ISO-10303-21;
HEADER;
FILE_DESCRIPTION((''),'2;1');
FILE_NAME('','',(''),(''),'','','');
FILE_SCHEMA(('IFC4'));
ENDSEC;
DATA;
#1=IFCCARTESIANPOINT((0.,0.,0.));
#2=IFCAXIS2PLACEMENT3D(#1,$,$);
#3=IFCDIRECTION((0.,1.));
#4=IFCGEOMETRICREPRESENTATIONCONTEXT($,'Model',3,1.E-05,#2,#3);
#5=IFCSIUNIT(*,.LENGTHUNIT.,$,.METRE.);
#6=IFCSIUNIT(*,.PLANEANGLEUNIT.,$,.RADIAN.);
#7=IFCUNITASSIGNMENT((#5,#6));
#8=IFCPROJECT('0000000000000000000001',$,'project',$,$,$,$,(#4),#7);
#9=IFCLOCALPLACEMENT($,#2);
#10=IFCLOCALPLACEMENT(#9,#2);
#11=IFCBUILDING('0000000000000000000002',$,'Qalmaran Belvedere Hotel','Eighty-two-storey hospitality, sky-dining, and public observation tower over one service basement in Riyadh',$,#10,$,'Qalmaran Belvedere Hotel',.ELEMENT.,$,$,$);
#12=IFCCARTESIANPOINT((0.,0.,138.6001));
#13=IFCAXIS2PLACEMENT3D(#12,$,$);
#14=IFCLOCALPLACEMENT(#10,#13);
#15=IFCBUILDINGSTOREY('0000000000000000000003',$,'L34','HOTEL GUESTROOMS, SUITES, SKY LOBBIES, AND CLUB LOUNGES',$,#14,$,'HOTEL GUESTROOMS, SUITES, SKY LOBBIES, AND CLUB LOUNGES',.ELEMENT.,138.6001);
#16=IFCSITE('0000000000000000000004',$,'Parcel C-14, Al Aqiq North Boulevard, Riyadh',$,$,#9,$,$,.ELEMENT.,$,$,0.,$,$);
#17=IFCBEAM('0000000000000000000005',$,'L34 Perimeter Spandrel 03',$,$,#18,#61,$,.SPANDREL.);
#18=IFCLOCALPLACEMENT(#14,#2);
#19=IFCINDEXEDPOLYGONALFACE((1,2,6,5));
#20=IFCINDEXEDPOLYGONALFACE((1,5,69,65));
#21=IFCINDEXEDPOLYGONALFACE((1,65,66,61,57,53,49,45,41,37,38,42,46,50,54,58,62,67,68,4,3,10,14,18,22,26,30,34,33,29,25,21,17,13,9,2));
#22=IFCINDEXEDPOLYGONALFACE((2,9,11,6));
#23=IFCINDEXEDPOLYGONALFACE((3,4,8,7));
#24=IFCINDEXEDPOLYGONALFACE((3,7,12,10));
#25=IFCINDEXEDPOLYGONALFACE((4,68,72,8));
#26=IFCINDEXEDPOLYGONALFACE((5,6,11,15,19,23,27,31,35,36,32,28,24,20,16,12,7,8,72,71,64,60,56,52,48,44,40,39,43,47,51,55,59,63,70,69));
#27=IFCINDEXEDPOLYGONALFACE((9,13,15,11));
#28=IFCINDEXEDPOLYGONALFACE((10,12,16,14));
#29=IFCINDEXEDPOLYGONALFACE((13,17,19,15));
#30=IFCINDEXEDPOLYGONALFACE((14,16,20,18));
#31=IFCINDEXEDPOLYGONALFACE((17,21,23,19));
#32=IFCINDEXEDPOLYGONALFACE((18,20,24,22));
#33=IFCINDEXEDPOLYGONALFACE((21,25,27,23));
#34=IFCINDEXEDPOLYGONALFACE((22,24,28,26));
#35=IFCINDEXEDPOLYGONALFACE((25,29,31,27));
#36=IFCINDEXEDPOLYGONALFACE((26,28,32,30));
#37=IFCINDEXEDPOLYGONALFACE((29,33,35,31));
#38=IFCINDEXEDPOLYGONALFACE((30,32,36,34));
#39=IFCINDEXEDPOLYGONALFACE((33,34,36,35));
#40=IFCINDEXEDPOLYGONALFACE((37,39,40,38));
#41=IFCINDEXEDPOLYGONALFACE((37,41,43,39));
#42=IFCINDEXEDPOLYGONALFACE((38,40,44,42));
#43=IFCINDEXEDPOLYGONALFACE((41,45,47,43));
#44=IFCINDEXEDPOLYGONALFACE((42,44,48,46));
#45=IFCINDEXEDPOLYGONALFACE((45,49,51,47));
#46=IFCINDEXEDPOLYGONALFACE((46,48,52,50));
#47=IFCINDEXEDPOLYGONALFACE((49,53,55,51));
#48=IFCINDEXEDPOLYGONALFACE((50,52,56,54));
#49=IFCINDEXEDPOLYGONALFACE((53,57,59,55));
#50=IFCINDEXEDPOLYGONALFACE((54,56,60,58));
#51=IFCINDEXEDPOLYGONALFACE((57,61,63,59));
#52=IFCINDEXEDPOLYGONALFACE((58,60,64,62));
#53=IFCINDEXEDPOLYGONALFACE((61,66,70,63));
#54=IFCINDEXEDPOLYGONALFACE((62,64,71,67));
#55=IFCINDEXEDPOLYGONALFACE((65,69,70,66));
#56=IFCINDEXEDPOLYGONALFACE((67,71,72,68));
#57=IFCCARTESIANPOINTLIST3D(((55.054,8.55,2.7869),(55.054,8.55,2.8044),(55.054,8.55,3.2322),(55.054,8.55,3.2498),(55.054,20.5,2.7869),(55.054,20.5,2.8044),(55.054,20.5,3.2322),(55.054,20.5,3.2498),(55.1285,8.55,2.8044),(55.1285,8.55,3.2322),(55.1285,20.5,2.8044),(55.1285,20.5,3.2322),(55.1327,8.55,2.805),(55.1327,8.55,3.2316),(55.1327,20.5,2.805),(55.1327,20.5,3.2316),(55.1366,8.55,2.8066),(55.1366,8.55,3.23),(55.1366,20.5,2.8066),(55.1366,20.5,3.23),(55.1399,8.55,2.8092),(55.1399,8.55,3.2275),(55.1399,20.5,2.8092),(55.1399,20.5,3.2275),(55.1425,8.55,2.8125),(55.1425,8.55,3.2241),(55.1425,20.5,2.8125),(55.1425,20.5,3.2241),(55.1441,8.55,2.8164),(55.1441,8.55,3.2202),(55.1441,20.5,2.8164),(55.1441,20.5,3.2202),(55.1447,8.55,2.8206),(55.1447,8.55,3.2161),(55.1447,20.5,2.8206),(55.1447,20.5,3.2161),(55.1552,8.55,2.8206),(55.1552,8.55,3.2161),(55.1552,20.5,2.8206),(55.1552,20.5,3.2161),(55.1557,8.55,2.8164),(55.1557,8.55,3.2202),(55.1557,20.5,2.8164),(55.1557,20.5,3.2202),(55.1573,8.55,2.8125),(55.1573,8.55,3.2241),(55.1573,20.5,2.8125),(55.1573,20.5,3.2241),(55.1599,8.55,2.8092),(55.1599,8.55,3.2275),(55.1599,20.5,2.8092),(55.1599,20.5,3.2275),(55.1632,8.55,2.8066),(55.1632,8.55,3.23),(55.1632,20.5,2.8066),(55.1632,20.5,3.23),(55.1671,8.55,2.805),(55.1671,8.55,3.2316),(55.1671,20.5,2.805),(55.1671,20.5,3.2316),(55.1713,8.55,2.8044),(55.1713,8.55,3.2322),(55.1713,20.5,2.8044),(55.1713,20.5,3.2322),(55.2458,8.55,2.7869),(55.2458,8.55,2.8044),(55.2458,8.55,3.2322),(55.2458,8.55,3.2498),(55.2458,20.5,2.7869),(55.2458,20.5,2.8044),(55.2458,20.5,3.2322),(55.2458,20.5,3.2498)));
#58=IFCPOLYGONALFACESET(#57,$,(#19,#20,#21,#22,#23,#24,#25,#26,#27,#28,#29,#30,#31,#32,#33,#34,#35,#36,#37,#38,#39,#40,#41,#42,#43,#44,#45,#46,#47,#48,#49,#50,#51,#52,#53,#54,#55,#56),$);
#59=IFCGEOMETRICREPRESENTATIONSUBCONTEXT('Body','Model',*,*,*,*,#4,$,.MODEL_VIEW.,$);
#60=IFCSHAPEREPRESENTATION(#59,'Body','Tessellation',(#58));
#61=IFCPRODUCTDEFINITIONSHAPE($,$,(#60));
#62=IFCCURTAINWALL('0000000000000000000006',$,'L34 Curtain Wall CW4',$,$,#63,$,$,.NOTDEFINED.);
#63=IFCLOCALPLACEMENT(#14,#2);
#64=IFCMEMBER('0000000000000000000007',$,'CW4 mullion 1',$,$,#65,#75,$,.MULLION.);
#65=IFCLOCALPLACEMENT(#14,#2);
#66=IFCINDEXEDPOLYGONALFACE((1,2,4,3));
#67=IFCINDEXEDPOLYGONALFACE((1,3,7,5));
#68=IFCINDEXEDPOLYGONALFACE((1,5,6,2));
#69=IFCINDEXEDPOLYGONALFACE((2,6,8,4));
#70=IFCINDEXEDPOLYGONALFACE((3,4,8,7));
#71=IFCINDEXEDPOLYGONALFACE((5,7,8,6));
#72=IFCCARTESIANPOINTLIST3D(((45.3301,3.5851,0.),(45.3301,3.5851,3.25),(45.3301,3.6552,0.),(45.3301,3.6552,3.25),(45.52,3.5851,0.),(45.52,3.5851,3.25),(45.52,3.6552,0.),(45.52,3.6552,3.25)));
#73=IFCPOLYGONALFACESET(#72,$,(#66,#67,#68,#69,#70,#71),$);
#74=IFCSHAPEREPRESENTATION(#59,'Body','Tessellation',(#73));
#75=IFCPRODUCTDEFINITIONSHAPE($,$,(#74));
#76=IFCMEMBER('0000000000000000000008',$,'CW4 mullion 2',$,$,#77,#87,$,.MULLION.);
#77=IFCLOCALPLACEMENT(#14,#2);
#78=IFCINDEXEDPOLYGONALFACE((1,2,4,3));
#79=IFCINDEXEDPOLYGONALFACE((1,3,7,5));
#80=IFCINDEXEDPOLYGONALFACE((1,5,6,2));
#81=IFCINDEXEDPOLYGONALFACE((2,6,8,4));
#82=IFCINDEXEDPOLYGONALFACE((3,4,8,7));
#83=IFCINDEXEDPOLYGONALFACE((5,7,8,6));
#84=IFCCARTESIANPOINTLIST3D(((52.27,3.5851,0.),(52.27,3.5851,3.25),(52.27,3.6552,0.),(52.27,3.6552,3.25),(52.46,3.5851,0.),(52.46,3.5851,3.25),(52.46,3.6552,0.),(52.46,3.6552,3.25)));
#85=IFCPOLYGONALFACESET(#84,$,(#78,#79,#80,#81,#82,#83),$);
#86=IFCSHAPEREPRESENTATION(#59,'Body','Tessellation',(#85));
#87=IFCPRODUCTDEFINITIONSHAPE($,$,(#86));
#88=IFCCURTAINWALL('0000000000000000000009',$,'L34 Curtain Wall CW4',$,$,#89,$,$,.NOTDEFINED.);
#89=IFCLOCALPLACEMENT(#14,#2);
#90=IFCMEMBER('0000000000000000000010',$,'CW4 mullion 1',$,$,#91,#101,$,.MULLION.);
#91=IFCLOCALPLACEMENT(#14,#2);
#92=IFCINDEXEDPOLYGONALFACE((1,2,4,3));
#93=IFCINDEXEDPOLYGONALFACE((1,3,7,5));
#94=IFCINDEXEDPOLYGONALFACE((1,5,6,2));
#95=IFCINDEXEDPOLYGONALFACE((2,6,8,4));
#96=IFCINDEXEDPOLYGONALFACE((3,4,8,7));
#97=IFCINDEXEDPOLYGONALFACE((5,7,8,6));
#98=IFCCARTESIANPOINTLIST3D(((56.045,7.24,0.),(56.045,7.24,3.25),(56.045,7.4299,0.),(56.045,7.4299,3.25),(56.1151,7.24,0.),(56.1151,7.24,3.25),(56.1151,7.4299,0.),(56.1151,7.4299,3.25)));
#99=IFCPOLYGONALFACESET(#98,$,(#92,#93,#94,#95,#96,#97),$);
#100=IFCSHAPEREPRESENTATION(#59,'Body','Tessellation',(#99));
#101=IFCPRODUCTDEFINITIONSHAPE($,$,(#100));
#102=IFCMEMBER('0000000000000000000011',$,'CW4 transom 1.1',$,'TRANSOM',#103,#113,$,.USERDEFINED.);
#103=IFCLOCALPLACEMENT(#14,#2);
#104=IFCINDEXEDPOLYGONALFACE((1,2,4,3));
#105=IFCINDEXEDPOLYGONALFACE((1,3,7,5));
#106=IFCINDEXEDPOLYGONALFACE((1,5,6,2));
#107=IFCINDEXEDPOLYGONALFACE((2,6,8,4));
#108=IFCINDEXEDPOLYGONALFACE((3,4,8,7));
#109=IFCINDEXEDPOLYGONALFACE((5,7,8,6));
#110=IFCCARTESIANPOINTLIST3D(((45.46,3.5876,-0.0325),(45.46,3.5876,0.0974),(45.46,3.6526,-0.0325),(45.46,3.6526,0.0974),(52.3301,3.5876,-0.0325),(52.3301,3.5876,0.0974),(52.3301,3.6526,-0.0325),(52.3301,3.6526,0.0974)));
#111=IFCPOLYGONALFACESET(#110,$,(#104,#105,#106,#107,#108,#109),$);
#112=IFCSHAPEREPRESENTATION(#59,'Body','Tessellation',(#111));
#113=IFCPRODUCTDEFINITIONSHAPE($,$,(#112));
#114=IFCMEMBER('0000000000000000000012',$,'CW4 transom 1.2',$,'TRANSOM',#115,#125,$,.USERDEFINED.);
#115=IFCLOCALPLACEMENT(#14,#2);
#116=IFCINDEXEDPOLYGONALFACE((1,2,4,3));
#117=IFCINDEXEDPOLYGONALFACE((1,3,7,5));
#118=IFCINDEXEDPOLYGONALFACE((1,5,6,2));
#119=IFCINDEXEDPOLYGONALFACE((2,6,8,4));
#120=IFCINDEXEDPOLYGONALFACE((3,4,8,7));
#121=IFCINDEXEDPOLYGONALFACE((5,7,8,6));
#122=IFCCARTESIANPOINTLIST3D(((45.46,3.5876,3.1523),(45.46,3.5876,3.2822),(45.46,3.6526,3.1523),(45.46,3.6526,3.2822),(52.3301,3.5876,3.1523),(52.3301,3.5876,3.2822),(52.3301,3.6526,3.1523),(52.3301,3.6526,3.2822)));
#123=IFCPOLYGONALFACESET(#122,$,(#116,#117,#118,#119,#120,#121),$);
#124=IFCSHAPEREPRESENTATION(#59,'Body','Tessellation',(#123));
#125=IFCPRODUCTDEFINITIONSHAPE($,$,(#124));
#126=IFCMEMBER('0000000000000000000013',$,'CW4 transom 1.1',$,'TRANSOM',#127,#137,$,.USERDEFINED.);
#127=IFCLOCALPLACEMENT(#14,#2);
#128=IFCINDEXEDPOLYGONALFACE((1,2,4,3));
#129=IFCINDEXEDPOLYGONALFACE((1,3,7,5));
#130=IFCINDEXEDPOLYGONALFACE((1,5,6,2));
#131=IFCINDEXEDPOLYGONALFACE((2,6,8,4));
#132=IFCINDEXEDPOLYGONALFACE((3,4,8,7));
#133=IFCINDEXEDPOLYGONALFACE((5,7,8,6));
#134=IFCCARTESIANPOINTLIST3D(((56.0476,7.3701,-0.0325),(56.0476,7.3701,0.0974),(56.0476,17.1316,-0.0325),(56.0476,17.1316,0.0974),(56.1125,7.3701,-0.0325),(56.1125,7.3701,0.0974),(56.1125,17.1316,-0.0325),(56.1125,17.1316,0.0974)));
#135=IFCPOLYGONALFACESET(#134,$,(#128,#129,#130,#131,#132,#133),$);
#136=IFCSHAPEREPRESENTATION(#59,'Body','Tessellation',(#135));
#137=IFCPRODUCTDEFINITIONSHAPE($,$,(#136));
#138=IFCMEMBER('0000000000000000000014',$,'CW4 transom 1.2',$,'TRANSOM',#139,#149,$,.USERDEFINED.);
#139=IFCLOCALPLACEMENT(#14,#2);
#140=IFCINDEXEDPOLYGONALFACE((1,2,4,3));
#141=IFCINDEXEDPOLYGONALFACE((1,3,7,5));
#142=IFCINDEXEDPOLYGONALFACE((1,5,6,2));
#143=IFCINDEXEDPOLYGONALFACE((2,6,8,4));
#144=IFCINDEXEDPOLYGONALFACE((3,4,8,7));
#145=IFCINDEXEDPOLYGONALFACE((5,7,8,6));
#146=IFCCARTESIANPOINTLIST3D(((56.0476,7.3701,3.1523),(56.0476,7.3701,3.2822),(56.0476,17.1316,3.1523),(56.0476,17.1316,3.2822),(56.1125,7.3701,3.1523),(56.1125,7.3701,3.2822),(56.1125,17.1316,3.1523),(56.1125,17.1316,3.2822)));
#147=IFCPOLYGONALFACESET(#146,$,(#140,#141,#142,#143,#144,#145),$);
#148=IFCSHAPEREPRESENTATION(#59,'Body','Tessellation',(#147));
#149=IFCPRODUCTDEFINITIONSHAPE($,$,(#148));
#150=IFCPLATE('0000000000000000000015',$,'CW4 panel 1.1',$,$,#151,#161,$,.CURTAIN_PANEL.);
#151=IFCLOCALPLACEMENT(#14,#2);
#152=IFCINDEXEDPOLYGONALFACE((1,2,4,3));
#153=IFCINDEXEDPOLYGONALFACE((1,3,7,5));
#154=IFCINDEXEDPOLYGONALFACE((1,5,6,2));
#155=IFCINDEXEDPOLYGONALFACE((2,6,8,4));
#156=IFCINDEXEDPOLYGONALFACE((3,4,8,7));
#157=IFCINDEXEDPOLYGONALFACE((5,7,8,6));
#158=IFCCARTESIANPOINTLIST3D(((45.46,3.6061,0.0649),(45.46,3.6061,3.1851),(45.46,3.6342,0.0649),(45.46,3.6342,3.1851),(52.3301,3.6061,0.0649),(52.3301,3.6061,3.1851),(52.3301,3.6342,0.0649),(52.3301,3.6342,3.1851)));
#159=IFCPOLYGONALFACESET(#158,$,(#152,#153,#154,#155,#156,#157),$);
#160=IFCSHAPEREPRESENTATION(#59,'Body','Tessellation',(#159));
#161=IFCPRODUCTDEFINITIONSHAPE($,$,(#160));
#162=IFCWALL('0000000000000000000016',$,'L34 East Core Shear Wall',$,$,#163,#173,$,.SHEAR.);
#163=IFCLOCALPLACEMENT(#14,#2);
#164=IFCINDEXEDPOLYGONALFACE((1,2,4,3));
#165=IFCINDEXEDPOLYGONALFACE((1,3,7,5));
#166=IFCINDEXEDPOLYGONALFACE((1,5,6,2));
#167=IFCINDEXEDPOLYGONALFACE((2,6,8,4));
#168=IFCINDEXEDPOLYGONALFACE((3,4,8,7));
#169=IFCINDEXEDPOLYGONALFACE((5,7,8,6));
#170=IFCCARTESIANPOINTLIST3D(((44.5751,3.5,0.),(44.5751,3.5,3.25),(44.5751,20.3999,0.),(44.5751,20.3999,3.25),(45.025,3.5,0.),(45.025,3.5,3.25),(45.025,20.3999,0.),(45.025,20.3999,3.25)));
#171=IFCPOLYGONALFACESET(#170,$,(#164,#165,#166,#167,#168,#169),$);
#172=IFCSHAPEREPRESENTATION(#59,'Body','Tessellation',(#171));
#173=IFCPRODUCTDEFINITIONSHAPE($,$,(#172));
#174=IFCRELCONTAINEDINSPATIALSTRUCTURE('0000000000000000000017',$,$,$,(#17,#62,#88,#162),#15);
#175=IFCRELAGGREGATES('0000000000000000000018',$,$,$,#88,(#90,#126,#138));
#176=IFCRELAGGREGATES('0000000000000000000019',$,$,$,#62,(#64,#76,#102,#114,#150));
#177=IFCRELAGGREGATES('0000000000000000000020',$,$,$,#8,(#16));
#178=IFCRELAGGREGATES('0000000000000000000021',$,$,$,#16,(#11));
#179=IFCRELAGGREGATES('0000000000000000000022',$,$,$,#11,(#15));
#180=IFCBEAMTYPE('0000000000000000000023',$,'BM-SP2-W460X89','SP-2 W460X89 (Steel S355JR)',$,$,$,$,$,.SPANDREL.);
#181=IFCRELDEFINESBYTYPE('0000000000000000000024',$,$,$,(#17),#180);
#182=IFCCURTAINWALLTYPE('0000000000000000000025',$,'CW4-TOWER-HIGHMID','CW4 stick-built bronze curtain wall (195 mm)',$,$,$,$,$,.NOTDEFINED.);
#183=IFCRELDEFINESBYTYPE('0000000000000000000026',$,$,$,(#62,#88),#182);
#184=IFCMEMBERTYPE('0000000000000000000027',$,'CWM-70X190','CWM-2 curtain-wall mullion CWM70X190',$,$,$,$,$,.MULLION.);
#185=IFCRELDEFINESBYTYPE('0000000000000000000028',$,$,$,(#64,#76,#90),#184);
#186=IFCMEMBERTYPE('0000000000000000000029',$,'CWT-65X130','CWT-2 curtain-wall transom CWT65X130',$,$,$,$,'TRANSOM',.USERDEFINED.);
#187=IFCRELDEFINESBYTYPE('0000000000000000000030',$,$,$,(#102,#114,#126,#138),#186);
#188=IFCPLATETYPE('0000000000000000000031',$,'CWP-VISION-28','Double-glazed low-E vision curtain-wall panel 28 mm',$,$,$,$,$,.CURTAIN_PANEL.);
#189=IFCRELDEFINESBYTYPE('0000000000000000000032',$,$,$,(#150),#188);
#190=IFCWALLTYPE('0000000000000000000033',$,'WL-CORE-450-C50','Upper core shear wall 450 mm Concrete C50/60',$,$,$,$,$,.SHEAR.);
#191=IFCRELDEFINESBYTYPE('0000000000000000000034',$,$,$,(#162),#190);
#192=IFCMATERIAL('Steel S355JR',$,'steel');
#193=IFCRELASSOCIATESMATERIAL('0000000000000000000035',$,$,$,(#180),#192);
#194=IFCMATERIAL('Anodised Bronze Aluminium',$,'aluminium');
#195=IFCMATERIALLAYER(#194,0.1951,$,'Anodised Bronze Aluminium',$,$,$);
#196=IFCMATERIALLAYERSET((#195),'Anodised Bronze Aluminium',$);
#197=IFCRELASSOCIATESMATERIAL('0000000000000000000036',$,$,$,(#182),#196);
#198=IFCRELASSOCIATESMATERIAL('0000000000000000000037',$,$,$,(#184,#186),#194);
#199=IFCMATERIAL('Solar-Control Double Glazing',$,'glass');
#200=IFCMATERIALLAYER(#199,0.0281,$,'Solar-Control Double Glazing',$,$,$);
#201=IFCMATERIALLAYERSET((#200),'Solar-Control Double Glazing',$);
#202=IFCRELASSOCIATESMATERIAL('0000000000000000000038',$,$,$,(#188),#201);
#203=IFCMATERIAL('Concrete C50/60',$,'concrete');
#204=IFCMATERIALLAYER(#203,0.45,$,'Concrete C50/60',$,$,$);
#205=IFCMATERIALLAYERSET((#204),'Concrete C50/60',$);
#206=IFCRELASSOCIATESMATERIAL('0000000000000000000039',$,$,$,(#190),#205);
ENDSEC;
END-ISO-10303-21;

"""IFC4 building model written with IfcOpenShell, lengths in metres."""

from ifc_helpers import new_model, si_unit, direction, frame, frame_2d, origin, origin_2d, place, context, subcontext, project, spatial, rectangle, i_section, extrude, material, layer, layer_set, material_profile, profile_set, type_object, element, aggregate, save


model = new_model("IFC4")

# Units and contexts
model_context = context("Model", 3, precision=1e-05, world=origin(), true_north=direction((0.0, 1.0)))
body_context = subcontext(model_context, "Body", "Model", "MODEL_VIEW")
ifc_project = project(units=[si_unit("LENGTHUNIT", "METRE"), si_unit("PLANEANGLEUNIT", "RADIAN")], contexts=[model_context])

# Site, building, storey
site_placement = place(None, origin())
site = spatial("IfcSite", under=ifc_project, at=site_placement, Name="Parcel C-14, Al Aqiq North Boulevard, Riyadh", CompositionType="ELEMENT", RefElevation=0.0)
building_placement = place(site_placement, origin())
building = spatial("IfcBuilding", under=site, at=building_placement, Name="Qalmaran Belvedere Hotel", Description="Eighty-two-storey hospitality, sky-dining, and public observation tower over one service basement in Riyadh", LongName="Qalmaran Belvedere Hotel", CompositionType="ELEMENT")
storey_placement = place(building_placement, frame((0.0, 0.0, 138.6001)))
storey = spatial("IfcBuildingStorey", under=building, at=storey_placement, Name="L34", Description="HOTEL GUESTROOMS, SUITES, SKY LOBBIES, AND CLUB LOUNGES", LongName="HOTEL GUESTROOMS, SUITES, SKY LOBBIES, AND CLUB LOUNGES", CompositionType="ELEMENT", Elevation=138.6001)

# Shared definitions
ifc_material_1 = material(Name="Concrete C50/60", Category="concrete")

# Beam
ifc_material_2 = material(Name="Steel S355JR", Category="steel")
ifc_material_profile_1 = material_profile(ifc_material_2, i_section(OverallWidth=0.1919, OverallDepth=0.4629, WebThickness=0.0105, FlangeThickness=0.0176, FilletRadius=0.0161, at=origin_2d()), Name="W460X89")
ifc_profile_set_1 = profile_set([ifc_material_profile_1], Name="Steel S355JR")
beam_type_1 = type_object("IfcBeamType", Name="BM-SP2-W460X89", Description="SP-2 W460X89 (Steel S355JR)", PredefinedType="SPANDREL", material=ifc_profile_set_1)
beam_1_placement = place(storey_placement, frame((55.1499, 8.55, 3.0183), z_axis=(0.0, 1.0, 0.0), x_axis=(-1.0, 0.0, 0.0)))
element("IfcBeam", 1, at=beam_1_placement, inside=storey, type_object=beam_type_1, Name="L34 Perimeter Spandrel 03", PredefinedType="SPANDREL", context=body_context, shape_type="SweptSolid", body=[
    extrude(i_section(OverallWidth=0.1919, OverallDepth=0.4629, WebThickness=0.0105, FlangeThickness=0.0176, FilletRadius=0.0161, at=origin_2d()), origin(), (0.0, 0.0, 1.0), 11.95),
])

# Curtain wall, members
ifc_material_3 = material(Name="Anodised Bronze Aluminium", Category="aluminium")
ifc_layer_1 = layer(ifc_material_3, 0.1951, Name="Anodised Bronze Aluminium")
ifc_layer_set_1 = layer_set([ifc_layer_1], Name="Anodised Bronze Aluminium")
curtain_wall_type = type_object("IfcCurtainWallType", Name="CW4-TOWER-HIGHMID", Description="CW4 stick-built bronze curtain wall (195 mm)", PredefinedType="NOTDEFINED", material=ifc_layer_set_1)
curtain_wall_1_placement = place(storey_placement, origin())
curtain_wall_1 = element("IfcCurtainWall", 2, at=curtain_wall_1_placement, inside=storey, type_object=curtain_wall_type, Name="L34 Curtain Wall CW4", PredefinedType="NOTDEFINED")
ifc_material_profile_2 = material_profile(ifc_material_3, rectangle(XDim=0.0701, YDim=0.1899, at=origin_2d()), Name="CWM70X190")
ifc_profile_set_2 = profile_set([ifc_material_profile_2], Name="Anodised Bronze Aluminium")
member_type_1 = type_object("IfcMemberType", Name="CWM-70X190", Description="CWM-2 curtain-wall mullion CWM70X190", PredefinedType="MULLION", material=ifc_profile_set_2)
member_1_placement = place(storey_placement, frame((45.425, 3.6201, 0.0), z_axis=(0.0, 0.0, 1.0), x_axis=(0.0, 1.0, 0.0)))
member_1 = element("IfcMember", 3, at=member_1_placement, type_object=member_type_1, Name="CW4 mullion 1", PredefinedType="MULLION", context=body_context, shape_type="SweptSolid", body=[
    extrude(rectangle(XDim=0.0701, YDim=0.1899, at=origin_2d()), origin(), (0.0, 0.0, 1.0), 3.25),
])
member_2_placement = place(storey_placement, frame((52.365, 3.6201, 0.0), z_axis=(0.0, 0.0, 1.0), x_axis=(0.0, 1.0, 0.0)))
member_2 = element("IfcMember", 4, at=member_2_placement, type_object=member_type_1, Name="CW4 mullion 2", PredefinedType="MULLION", context=body_context, shape_type="SweptSolid", body=[
    extrude(rectangle(XDim=0.0701, YDim=0.1899, at=origin_2d()), origin(), (0.0, 0.0, 1.0), 3.25),
])

# Curtain wall, member
curtain_wall_2_placement = place(storey_placement, origin())
curtain_wall_2 = element("IfcCurtainWall", 5, at=curtain_wall_2_placement, inside=storey, type_object=curtain_wall_type, Name="L34 Curtain Wall CW4", PredefinedType="NOTDEFINED")
member_3_placement = place(storey_placement, frame((56.0801, 7.335, 0.0), z_axis=(0.0, 0.0, 1.0), x_axis=(-1.0, 0.0, 0.0)))
member_3 = element("IfcMember", 6, at=member_3_placement, type_object=member_type_1, Name="CW4 mullion 1", PredefinedType="MULLION", context=body_context, shape_type="SweptSolid", body=[
    extrude(rectangle(XDim=0.0701, YDim=0.1899, at=origin_2d()), origin(), (0.0, 0.0, 1.0), 3.25),
])

# Members
ifc_material_profile_3 = material_profile(ifc_material_3, rectangle(XDim=0.0649, YDim=0.1299, at=origin_2d()), Name="CWT65X130")
ifc_profile_set_3 = profile_set([ifc_material_profile_3], Name="Anodised Bronze Aluminium")
member_type_2 = type_object("IfcMemberType", Name="CWT-65X130", Description="CWT-2 curtain-wall transom CWT65X130", ElementType="TRANSOM", PredefinedType="USERDEFINED", material=ifc_profile_set_3)
member_4_placement = place(storey_placement, frame((45.46, 3.6201, 0.0325), z_axis=(1.0, 0.0, 0.0), x_axis=(0.0, 1.0, 0.0)))
member_4 = element("IfcMember", 7, at=member_4_placement, type_object=member_type_2, Name="CW4 transom 1.1", ObjectType="TRANSOM", PredefinedType="USERDEFINED", context=body_context, shape_type="SweptSolid", body=[
    extrude(rectangle(XDim=0.0649, YDim=0.1299, at=origin_2d()), origin(), (0.0, 0.0, 1.0), 6.8701),
])
member_5_placement = place(storey_placement, frame((45.46, 3.6201, 3.2173), z_axis=(1.0, 0.0, 0.0), x_axis=(0.0, 1.0, 0.0)))
member_5 = element("IfcMember", 8, at=member_5_placement, type_object=member_type_2, Name="CW4 transom 1.2", ObjectType="TRANSOM", PredefinedType="USERDEFINED", context=body_context, shape_type="SweptSolid", body=[
    extrude(rectangle(XDim=0.0649, YDim=0.1299, at=origin_2d()), origin(), (0.0, 0.0, 1.0), 6.8701),
])
member_6_placement = place(storey_placement, frame((56.0801, 7.3701, 0.0325), z_axis=(0.0, 1.0, 0.0), x_axis=(-1.0, 0.0, 0.0)))
member_6 = element("IfcMember", 9, at=member_6_placement, type_object=member_type_2, Name="CW4 transom 1.1", ObjectType="TRANSOM", PredefinedType="USERDEFINED", context=body_context, shape_type="SweptSolid", body=[
    extrude(rectangle(XDim=0.0649, YDim=0.1299, at=origin_2d()), origin(), (0.0, 0.0, 1.0), 9.7615),
])
member_7_placement = place(storey_placement, frame((56.0801, 7.3701, 3.2173), z_axis=(0.0, 1.0, 0.0), x_axis=(-1.0, 0.0, 0.0)))
member_7 = element("IfcMember", 10, at=member_7_placement, type_object=member_type_2, Name="CW4 transom 1.2", ObjectType="TRANSOM", PredefinedType="USERDEFINED", context=body_context, shape_type="SweptSolid", body=[
    extrude(rectangle(XDim=0.0649, YDim=0.1299, at=origin_2d()), origin(), (0.0, 0.0, 1.0), 9.7615),
])
aggregate(curtain_wall_2, [member_3, member_6, member_7])

# Plate
ifc_material_4 = material(Name="Solar-Control Double Glazing", Category="glass")
ifc_layer_2 = layer(ifc_material_4, 0.0281, Name="Solar-Control Double Glazing")
ifc_layer_set_2 = layer_set([ifc_layer_2], Name="Solar-Control Double Glazing")
plate_type = type_object("IfcPlateType", Name="CWP-VISION-28", Description="Double-glazed low-E vision curtain-wall panel 28 mm", PredefinedType="CURTAIN_PANEL", material=ifc_layer_set_2)
plate_placement = place(storey_placement, frame((48.895, 3.6201, 0.0649), z_axis=(0.0, 0.0, 1.0), x_axis=(1.0, 0.0, 0.0)))
plate = element("IfcPlate", 11, at=plate_placement, type_object=plate_type, Name="CW4 panel 1.1", PredefinedType="CURTAIN_PANEL", context=body_context, shape_type="SweptSolid", body=[
    extrude(rectangle(XDim=6.8701, YDim=0.0281, at=origin_2d()), origin(), (0.0, 0.0, 1.0), 3.1201),
])
aggregate(curtain_wall_1, [member_1, member_2, member_4, member_5, plate])

# Wall
ifc_layer_3 = layer(ifc_material_1, 0.45, Name="Concrete C50/60")
ifc_layer_set_3 = layer_set([ifc_layer_3], Name="Concrete C50/60")
wall_type_1 = type_object("IfcWallType", Name="WL-CORE-450-C50", Description="Upper core shear wall 450 mm Concrete C50/60", PredefinedType="SHEAR", material=ifc_layer_set_3)
wall_1_placement = place(storey_placement, frame((44.8, 3.5, 0.0), z_axis=(0.0, 0.0, 1.0), x_axis=(0.0, 1.0, 0.0)))
element("IfcWall", 12, at=wall_1_placement, inside=storey, type_object=wall_type_1, Name="L34 East Core Shear Wall", PredefinedType="SHEAR", context=body_context, shape_type="SweptSolid", body=[
    extrude(rectangle(XDim=16.8999, YDim=0.45, at=frame_2d((8.45, 0.0))), origin(), (0.0, 0.0, 1.0), 3.25),
])

save(model, "model.ifc")
